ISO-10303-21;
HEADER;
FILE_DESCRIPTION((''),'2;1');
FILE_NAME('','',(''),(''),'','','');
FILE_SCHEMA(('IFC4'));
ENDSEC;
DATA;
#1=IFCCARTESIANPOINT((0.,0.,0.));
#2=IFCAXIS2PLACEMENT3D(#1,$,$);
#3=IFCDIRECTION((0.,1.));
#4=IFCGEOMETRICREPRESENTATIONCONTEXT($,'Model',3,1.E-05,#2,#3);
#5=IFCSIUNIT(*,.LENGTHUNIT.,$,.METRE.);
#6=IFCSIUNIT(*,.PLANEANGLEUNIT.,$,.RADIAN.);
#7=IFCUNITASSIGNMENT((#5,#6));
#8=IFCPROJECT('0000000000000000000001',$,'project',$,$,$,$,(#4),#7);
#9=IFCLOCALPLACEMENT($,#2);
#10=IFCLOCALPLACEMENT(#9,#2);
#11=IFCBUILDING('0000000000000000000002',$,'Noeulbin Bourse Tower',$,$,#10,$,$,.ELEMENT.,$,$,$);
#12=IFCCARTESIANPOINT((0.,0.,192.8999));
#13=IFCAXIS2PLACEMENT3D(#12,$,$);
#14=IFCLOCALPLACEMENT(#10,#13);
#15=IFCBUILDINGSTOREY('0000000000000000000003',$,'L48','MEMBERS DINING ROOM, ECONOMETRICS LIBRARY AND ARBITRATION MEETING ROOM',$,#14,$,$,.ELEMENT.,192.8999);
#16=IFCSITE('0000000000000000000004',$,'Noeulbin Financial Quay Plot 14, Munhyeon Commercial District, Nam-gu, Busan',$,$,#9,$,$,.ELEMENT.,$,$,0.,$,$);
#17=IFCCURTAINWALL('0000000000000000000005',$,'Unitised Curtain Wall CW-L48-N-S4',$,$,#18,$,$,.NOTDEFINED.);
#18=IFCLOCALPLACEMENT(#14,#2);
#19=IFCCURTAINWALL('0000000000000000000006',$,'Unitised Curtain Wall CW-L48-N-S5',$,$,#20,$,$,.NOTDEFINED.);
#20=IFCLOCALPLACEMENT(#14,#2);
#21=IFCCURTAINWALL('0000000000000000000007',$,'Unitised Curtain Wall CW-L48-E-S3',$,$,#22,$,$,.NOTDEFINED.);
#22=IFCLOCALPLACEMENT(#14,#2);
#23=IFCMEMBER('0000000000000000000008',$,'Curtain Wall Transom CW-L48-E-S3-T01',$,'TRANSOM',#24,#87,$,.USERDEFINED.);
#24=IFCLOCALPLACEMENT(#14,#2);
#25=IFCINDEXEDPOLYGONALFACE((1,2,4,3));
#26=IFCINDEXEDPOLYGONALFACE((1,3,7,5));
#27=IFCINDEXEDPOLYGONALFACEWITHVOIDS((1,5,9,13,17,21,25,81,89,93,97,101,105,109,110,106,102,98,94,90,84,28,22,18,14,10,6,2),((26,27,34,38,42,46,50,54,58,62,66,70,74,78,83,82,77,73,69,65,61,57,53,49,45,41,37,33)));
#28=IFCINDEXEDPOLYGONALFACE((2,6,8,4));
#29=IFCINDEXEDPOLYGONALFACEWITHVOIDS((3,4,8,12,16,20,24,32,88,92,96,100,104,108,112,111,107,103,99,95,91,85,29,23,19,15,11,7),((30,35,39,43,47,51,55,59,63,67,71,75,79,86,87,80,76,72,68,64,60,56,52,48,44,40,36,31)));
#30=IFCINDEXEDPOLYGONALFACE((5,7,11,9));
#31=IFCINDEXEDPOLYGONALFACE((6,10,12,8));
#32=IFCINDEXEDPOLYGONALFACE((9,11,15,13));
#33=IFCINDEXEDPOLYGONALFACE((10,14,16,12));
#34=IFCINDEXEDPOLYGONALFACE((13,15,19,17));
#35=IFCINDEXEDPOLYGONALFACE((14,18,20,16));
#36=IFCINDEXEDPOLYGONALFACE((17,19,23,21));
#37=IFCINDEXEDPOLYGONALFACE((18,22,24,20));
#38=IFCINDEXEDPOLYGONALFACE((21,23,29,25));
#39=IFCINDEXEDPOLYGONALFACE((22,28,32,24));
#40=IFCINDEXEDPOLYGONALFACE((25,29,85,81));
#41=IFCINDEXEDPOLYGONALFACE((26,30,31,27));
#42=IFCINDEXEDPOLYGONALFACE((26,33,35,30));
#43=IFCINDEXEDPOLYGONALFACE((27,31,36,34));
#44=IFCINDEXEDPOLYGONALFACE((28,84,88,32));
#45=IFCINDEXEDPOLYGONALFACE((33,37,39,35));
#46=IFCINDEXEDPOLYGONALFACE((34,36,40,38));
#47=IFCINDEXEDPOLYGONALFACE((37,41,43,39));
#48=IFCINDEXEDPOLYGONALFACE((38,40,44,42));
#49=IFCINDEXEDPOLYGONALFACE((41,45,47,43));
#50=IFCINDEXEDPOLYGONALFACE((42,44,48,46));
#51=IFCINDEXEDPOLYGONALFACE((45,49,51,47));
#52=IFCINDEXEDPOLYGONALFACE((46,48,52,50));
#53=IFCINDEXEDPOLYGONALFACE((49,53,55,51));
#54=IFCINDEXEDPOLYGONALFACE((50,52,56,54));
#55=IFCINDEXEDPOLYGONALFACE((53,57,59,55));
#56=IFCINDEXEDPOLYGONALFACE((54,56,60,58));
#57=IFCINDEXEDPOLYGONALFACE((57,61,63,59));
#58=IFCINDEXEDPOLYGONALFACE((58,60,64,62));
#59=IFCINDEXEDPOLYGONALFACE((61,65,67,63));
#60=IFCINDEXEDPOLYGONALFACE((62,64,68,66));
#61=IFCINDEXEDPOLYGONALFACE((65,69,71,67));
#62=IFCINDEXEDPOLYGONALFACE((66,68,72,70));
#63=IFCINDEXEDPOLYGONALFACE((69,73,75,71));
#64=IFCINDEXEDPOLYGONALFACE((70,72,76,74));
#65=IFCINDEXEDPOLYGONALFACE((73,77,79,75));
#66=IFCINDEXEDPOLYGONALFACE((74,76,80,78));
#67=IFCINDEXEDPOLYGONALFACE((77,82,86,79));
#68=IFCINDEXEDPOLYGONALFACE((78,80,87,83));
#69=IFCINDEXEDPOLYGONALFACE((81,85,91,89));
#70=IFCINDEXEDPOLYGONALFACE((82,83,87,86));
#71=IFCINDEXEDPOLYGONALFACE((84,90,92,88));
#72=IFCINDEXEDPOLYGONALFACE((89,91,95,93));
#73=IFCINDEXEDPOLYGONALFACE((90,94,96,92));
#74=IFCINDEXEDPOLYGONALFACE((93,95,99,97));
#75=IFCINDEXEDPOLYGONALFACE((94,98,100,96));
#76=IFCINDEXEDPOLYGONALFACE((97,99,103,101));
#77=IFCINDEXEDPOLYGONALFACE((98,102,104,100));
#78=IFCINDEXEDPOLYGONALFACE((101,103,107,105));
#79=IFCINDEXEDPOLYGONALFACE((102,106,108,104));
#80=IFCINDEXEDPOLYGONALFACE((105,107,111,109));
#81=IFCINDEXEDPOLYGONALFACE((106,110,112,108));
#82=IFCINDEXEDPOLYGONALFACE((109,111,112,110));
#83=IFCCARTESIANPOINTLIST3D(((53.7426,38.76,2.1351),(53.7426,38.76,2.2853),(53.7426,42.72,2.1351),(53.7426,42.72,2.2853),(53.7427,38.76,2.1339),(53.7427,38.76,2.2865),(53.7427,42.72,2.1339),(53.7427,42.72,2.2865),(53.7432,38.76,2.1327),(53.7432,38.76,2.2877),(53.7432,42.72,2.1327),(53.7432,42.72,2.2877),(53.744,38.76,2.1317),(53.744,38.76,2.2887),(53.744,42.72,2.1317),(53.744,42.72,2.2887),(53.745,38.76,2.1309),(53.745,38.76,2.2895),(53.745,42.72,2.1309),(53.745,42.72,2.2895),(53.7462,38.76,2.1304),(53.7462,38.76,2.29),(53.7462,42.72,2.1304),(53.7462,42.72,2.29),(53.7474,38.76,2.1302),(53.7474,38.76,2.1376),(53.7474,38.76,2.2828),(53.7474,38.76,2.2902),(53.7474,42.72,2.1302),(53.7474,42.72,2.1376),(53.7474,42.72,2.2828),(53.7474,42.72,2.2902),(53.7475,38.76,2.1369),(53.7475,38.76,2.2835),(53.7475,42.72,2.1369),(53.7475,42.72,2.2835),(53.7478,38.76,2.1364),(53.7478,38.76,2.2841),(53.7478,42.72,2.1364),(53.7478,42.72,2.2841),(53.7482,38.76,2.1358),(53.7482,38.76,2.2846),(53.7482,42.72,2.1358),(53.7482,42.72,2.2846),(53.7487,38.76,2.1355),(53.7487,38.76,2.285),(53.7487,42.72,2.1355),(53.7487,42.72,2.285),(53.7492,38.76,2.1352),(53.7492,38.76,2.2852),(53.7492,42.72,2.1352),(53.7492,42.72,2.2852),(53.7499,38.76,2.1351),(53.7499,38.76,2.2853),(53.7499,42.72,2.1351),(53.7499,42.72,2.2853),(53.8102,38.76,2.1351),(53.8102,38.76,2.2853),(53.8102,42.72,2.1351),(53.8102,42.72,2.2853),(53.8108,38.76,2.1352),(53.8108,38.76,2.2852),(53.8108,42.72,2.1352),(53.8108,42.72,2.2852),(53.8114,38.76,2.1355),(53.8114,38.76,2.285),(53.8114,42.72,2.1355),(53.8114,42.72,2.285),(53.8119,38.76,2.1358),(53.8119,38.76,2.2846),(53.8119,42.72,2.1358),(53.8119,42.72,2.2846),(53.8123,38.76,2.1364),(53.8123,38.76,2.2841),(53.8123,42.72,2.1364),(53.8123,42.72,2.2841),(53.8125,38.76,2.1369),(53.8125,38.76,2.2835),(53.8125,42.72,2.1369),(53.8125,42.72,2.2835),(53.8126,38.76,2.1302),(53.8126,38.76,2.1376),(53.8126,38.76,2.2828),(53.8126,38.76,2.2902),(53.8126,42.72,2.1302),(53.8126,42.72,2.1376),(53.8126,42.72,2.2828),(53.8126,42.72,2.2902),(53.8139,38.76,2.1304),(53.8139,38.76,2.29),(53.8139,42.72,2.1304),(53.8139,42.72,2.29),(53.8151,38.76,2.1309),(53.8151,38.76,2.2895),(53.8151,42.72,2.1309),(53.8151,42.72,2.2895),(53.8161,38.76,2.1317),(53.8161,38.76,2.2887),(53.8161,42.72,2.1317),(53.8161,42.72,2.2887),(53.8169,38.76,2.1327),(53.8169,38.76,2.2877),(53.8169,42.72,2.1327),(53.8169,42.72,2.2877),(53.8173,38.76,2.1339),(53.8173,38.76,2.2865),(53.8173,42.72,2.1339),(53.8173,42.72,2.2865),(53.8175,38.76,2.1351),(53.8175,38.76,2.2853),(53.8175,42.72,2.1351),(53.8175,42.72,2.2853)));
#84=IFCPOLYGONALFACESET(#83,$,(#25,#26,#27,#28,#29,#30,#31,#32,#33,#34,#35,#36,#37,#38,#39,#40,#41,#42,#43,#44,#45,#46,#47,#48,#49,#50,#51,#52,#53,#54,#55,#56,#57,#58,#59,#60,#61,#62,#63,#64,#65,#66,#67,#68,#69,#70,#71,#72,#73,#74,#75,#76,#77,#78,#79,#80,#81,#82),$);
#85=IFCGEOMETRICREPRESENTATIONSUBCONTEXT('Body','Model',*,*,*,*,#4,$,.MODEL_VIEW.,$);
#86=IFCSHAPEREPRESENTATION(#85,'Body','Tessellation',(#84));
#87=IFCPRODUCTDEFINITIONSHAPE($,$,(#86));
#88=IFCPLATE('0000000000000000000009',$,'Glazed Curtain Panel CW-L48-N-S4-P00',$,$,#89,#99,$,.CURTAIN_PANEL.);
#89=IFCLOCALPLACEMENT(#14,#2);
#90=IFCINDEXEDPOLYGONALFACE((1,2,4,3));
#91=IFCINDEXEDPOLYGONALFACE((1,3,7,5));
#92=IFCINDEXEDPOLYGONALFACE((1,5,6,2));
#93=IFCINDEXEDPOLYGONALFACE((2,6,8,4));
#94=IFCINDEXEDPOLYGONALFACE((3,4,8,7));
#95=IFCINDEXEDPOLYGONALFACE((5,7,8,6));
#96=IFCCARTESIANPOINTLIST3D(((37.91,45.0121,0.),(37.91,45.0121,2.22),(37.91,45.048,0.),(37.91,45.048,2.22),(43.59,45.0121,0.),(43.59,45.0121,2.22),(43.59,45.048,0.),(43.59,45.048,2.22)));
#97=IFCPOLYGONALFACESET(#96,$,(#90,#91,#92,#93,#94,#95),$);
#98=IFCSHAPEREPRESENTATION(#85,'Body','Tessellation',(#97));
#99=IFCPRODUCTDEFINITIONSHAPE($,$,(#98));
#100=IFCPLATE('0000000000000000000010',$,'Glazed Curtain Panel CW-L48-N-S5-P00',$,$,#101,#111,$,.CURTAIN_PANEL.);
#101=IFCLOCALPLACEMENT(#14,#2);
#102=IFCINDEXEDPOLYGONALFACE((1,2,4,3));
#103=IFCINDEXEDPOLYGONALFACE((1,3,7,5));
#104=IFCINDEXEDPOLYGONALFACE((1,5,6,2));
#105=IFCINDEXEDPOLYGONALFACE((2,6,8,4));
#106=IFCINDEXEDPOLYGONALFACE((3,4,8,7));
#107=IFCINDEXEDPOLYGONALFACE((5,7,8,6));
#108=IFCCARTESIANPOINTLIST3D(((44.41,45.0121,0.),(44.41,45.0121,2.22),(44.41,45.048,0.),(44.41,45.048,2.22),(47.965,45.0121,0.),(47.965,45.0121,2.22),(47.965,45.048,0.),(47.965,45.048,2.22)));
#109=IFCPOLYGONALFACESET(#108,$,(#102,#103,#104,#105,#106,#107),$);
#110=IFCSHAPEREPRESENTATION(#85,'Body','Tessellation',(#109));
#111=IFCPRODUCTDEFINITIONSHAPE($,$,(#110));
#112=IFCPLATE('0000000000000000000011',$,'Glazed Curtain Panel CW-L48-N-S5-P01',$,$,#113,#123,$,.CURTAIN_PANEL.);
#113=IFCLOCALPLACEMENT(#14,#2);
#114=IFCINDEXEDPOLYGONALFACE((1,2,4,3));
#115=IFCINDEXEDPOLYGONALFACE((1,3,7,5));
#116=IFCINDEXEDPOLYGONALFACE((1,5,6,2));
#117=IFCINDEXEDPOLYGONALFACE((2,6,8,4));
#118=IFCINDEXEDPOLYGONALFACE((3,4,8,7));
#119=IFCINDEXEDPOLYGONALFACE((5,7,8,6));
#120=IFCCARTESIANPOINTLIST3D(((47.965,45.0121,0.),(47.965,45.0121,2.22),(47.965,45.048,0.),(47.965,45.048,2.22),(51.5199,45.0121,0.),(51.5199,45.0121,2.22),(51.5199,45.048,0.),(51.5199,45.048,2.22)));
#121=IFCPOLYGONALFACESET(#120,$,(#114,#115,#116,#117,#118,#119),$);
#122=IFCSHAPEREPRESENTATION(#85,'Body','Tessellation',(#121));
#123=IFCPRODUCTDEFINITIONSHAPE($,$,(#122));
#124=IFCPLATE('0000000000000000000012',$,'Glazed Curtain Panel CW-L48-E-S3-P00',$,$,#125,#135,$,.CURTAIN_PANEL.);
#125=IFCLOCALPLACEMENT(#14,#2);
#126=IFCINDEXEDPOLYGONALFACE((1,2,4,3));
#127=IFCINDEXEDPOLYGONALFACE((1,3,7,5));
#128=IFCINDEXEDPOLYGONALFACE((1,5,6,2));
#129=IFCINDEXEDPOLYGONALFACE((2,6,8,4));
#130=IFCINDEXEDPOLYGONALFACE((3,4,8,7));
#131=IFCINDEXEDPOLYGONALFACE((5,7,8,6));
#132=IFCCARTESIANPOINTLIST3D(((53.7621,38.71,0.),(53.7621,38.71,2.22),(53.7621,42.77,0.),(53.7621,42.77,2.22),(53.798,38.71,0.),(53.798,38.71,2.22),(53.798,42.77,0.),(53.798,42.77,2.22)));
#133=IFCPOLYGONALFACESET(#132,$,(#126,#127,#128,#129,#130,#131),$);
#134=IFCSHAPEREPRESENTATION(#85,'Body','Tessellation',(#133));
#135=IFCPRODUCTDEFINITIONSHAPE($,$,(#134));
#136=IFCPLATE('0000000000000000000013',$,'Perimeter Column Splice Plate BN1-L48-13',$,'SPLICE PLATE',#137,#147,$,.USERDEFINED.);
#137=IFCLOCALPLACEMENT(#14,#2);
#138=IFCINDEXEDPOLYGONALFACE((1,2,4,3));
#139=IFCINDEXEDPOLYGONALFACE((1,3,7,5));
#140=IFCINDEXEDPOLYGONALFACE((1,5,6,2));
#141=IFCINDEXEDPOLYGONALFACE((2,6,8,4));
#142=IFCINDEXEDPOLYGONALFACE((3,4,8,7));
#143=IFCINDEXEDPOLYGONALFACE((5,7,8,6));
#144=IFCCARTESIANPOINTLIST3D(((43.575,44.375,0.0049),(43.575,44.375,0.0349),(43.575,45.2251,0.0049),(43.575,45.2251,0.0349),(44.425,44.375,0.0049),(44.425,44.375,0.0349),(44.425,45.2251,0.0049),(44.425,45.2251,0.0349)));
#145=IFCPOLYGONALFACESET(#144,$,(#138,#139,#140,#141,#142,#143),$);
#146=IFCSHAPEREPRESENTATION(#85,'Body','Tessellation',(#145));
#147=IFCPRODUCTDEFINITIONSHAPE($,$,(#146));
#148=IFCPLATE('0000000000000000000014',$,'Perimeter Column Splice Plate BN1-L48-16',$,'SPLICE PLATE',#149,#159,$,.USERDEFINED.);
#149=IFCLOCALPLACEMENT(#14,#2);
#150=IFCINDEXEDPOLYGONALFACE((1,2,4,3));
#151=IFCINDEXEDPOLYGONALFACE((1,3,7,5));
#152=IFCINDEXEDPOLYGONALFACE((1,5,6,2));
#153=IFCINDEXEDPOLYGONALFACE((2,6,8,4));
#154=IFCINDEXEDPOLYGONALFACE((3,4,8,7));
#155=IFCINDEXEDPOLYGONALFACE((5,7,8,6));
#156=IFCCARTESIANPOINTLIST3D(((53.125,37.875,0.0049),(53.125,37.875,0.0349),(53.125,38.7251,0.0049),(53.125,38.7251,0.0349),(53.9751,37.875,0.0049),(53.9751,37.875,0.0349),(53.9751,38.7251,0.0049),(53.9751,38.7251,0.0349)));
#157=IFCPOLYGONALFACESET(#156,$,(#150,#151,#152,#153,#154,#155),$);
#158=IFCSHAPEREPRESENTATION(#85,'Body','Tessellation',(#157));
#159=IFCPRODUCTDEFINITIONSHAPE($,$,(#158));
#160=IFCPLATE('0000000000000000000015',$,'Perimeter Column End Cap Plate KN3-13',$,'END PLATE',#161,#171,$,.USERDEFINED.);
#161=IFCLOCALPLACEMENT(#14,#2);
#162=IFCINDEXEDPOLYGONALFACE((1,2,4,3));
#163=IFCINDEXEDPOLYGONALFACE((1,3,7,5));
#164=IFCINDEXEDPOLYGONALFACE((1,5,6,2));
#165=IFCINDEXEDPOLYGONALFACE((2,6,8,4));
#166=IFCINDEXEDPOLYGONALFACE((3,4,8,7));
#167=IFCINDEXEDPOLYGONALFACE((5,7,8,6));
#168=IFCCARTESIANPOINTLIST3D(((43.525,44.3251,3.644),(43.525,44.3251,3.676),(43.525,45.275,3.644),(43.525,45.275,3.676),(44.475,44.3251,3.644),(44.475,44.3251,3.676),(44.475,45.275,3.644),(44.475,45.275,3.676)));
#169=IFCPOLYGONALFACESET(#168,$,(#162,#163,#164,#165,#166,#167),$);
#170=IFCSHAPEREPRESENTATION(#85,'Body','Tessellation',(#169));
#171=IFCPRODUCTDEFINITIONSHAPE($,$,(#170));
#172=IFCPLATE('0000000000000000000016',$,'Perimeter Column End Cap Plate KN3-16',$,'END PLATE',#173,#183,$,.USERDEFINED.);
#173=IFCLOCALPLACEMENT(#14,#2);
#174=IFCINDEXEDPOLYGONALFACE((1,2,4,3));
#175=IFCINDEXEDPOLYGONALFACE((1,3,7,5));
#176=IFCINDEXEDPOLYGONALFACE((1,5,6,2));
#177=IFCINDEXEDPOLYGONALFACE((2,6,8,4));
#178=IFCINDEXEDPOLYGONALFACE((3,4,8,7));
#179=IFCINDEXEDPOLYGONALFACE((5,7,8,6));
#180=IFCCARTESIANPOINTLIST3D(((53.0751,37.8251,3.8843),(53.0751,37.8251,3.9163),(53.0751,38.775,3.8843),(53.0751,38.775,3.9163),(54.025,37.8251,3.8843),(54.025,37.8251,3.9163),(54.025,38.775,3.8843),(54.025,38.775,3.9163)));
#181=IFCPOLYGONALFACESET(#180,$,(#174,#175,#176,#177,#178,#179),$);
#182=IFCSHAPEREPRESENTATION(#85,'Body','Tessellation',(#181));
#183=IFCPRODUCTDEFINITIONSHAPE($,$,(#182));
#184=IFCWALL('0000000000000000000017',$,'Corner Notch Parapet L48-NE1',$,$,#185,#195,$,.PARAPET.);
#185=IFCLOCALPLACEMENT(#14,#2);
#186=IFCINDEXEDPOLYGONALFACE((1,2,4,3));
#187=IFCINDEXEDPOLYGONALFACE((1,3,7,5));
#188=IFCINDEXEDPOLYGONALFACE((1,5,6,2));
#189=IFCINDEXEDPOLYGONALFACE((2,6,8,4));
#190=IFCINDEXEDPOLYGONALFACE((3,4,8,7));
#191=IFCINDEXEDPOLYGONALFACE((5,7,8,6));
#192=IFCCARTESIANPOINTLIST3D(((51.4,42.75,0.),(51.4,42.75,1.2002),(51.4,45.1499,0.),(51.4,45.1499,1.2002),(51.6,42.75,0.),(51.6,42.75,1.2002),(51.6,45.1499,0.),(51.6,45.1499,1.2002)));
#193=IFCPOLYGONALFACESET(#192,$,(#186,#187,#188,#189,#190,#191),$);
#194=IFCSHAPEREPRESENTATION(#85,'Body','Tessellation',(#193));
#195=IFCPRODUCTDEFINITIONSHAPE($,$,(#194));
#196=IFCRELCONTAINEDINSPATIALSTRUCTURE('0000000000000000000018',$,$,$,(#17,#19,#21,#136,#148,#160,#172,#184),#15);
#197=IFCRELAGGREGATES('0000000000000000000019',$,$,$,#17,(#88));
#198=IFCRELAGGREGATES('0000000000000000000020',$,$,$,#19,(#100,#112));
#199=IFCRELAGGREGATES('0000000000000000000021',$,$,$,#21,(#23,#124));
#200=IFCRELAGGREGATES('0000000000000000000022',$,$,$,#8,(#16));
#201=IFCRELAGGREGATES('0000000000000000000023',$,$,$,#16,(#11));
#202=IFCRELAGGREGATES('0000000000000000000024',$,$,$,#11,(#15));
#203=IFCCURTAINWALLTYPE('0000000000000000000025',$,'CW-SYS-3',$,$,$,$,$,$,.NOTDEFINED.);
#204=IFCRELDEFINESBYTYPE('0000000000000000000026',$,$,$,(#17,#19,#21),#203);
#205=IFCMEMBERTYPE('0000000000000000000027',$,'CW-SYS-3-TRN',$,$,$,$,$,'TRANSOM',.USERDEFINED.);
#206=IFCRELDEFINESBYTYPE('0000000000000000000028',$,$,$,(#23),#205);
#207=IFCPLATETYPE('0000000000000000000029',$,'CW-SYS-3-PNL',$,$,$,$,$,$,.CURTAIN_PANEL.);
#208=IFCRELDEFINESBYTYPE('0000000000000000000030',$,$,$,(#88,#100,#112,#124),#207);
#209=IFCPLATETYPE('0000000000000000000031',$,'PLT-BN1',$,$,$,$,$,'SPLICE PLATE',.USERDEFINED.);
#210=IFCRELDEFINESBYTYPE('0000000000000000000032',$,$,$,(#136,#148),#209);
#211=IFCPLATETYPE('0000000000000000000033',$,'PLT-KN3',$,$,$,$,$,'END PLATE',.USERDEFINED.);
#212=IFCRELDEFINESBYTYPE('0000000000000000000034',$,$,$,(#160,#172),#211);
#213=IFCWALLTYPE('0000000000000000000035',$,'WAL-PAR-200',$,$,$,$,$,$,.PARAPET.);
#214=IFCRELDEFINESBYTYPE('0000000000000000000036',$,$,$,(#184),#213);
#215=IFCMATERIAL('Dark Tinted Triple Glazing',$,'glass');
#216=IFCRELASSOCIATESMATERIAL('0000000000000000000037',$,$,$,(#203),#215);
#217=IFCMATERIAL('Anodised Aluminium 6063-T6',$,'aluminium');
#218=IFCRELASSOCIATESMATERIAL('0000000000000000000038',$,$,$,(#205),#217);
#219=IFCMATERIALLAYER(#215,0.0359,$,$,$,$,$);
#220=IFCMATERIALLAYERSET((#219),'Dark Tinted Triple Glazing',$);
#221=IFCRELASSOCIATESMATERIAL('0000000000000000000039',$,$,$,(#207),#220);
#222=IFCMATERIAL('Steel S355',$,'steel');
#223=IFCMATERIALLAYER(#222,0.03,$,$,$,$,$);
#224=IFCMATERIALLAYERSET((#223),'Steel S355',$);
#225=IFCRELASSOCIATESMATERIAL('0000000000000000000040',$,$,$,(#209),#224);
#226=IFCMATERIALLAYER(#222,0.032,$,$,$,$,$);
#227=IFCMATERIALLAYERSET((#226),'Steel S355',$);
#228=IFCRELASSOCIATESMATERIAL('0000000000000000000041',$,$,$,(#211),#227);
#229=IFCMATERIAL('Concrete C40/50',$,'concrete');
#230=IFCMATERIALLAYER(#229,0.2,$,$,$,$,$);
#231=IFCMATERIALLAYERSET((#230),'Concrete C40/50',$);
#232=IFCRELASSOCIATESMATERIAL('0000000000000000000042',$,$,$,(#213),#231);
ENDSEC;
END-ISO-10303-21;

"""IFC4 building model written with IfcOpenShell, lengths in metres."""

from ifc_helpers import new_model, si_unit, direction, frame, frame_2d, origin, origin_2d, place, context, subcontext, project, spatial, rectangle, hollow_rectangle, extrude, material, layer, layer_set, material_profile, profile_set, type_object, element, aggregate, save


model = new_model("IFC4")

# Units and contexts
model_context = context("Model", 3, precision=1e-05, world=origin(), true_north=direction((0.0, 1.0)))
body_context = subcontext(model_context, "Body", "Model", "MODEL_VIEW")
ifc_project = project(units=[si_unit("LENGTHUNIT", "METRE"), si_unit("PLANEANGLEUNIT", "RADIAN")], contexts=[model_context])

# Site, building, storey
site_placement = place(None, origin())
site = spatial("IfcSite", under=ifc_project, at=site_placement, Name="Noeulbin Financial Quay Plot 14, Munhyeon Commercial District, Nam-gu, Busan", CompositionType="ELEMENT", RefElevation=0.0)
building_placement = place(site_placement, origin())
building = spatial("IfcBuilding", under=site, at=building_placement, Name="Noeulbin Bourse Tower", CompositionType="ELEMENT")
storey_placement = place(building_placement, frame((0.0, 0.0, 192.8999)))
storey = spatial("IfcBuildingStorey", under=building, at=storey_placement, Name="L48", Description="MEMBERS DINING ROOM, ECONOMETRICS LIBRARY AND ARBITRATION MEETING ROOM", CompositionType="ELEMENT", Elevation=192.8999)

# Shared definitions
ifc_material_1 = material(Name="Steel S355", Category="steel")

# Curtain wall
ifc_material_2 = material(Name="Dark Tinted Triple Glazing", Category="glass")
curtain_wall_type = type_object("IfcCurtainWallType", Name="CW-SYS-3", PredefinedType="NOTDEFINED", material=ifc_material_2)
curtain_wall_1_placement = place(storey_placement, origin())
curtain_wall_1 = element("IfcCurtainWall", 1, at=curtain_wall_1_placement, inside=storey, type_object=curtain_wall_type, Name="Unitised Curtain Wall CW-L48-N-S4", PredefinedType="NOTDEFINED")
ifc_material_3 = material(Name="Anodised Aluminium 6063-T6", Category="aluminium")

# Curtain walls
curtain_wall_2_placement = place(storey_placement, origin())
curtain_wall_2 = element("IfcCurtainWall", 2, at=curtain_wall_2_placement, inside=storey, type_object=curtain_wall_type, Name="Unitised Curtain Wall CW-L48-N-S5", PredefinedType="NOTDEFINED")
curtain_wall_3_placement = place(storey_placement, origin())
curtain_wall_3 = element("IfcCurtainWall", 3, at=curtain_wall_3_placement, inside=storey, type_object=curtain_wall_type, Name="Unitised Curtain Wall CW-L48-E-S3", PredefinedType="NOTDEFINED")

# Member
ifc_material_profile_1 = material_profile(ifc_material_3, hollow_rectangle(XDim=0.075, YDim=0.1599, WallThickness=0.0049, InnerFilletRadius=0.0024, OuterFilletRadius=0.0049, at=origin_2d()), Name="ALU-TRAN-75x160x5", Category="LoadBearing")
ifc_profile_set_1 = profile_set([ifc_material_profile_1], Name="Anodised Aluminium 6063-T6")
member_type_1 = type_object("IfcMemberType", Name="CW-SYS-3-TRN", ElementType="TRANSOM", PredefinedType="USERDEFINED", material=ifc_profile_set_1)
member_1_placement = place(storey_placement, frame((53.78, 38.76, 2.2102), z_axis=(0.0, 1.0, 0.0), x_axis=(-1.0, 0.0, 0.0)))
member_1 = element("IfcMember", 4, at=member_1_placement, type_object=member_type_1, Name="Curtain Wall Transom CW-L48-E-S3-T01", ObjectType="TRANSOM", PredefinedType="USERDEFINED", context=body_context, shape_type="SweptSolid", body=[
    extrude(hollow_rectangle(XDim=0.075, YDim=0.1599, WallThickness=0.0049, InnerFilletRadius=0.0024, OuterFilletRadius=0.0049, at=origin_2d()), origin(), (0.0, 0.0, 1.0), 3.96),
])

# Plates
ifc_layer_1 = layer(ifc_material_2, 0.0359)
ifc_layer_set_1 = layer_set([ifc_layer_1], Name="Dark Tinted Triple Glazing")
plate_type_1 = type_object("IfcPlateType", Name="CW-SYS-3-PNL", PredefinedType="CURTAIN_PANEL", material=ifc_layer_set_1)
plate_1_placement = place(storey_placement, frame((40.75, 45.03, 0.0), z_axis=(0.0, 0.0, 1.0), x_axis=(1.0, 0.0, 0.0)))
plate_1 = element("IfcPlate", 5, at=plate_1_placement, type_object=plate_type_1, Name="Glazed Curtain Panel CW-L48-N-S4-P00", PredefinedType="CURTAIN_PANEL", context=body_context, shape_type="SweptSolid", body=[
    extrude(rectangle(XDim=5.6799, YDim=0.0359, at=origin_2d()), origin(), (0.0, 0.0, 1.0), 2.22),
])
aggregate(curtain_wall_1, [plate_1])
plate_2_placement = place(storey_placement, frame((46.1875, 45.03, 0.0), z_axis=(0.0, 0.0, 1.0), x_axis=(1.0, 0.0, 0.0)))
plate_2 = element("IfcPlate", 6, at=plate_2_placement, type_object=plate_type_1, Name="Glazed Curtain Panel CW-L48-N-S5-P00", PredefinedType="CURTAIN_PANEL", context=body_context, shape_type="SweptSolid", body=[
    extrude(rectangle(XDim=3.5549, YDim=0.0359, at=origin_2d()), origin(), (0.0, 0.0, 1.0), 2.22),
])
plate_3_placement = place(storey_placement, frame((49.7424, 45.03, 0.0), z_axis=(0.0, 0.0, 1.0), x_axis=(1.0, 0.0, 0.0)))
plate_3 = element("IfcPlate", 7, at=plate_3_placement, type_object=plate_type_1, Name="Glazed Curtain Panel CW-L48-N-S5-P01", PredefinedType="CURTAIN_PANEL", context=body_context, shape_type="SweptSolid", body=[
    extrude(rectangle(XDim=3.5549, YDim=0.0359, at=origin_2d()), origin(), (0.0, 0.0, 1.0), 2.22),
])
aggregate(curtain_wall_2, [plate_2, plate_3])
plate_4_placement = place(storey_placement, frame((53.78, 40.74, 0.0), z_axis=(0.0, 0.0, 1.0), x_axis=(0.0, 1.0, 0.0)))
plate_4 = element("IfcPlate", 8, at=plate_4_placement, type_object=plate_type_1, Name="Glazed Curtain Panel CW-L48-E-S3-P00", PredefinedType="CURTAIN_PANEL", context=body_context, shape_type="SweptSolid", body=[
    extrude(rectangle(XDim=4.0601, YDim=0.0359, at=origin_2d()), origin(), (0.0, 0.0, 1.0), 2.22),
])
aggregate(curtain_wall_3, [member_1, plate_4])

# Plates
ifc_layer_2 = layer(ifc_material_1, 0.03)
ifc_layer_set_2 = layer_set([ifc_layer_2], Name="Steel S355")
plate_type_2 = type_object("IfcPlateType", Name="PLT-BN1", ElementType="SPLICE PLATE", PredefinedType="USERDEFINED", material=ifc_layer_set_2)
for number, where, z_axis, x_axis, name in (
    (9, (44.0, 44.8, 0.0049), (0.0, 0.0, 1.0), (1.0, 0.0, 0.0), "Perimeter Column Splice Plate BN1-L48-13"),
    (10, (53.55, 38.3, 0.0049), (0.0, 0.0, 1.0), (1.0, 0.0, 0.0), "Perimeter Column Splice Plate BN1-L48-16"),
):
    element("IfcPlate", number, at=place(storey_placement, frame(where, z_axis=z_axis, x_axis=x_axis)), inside=storey, type_object=plate_type_2, Name=name, ObjectType="SPLICE PLATE", PredefinedType="USERDEFINED", context=body_context, shape_type="SweptSolid", body=[
        extrude(rectangle(XDim=0.8501, YDim=0.8501, at=origin_2d()), origin(), (0.0, 0.0, 1.0), 0.03),
    ])
ifc_layer_3 = layer(ifc_material_1, 0.032)
ifc_layer_set_3 = layer_set([ifc_layer_3], Name="Steel S355")
plate_type_3 = type_object("IfcPlateType", Name="PLT-KN3", ElementType="END PLATE", PredefinedType="USERDEFINED", material=ifc_layer_set_3)
for number, where, z_axis, x_axis, name in (
    (11, (44.0, 44.8, 3.644), (0.0, 0.0, 1.0), (1.0, 0.0, 0.0), "Perimeter Column End Cap Plate KN3-13"),
    (12, (53.55, 38.3, 3.8843), (0.0, 0.0, 1.0), (1.0, 0.0, 0.0), "Perimeter Column End Cap Plate KN3-16"),
):
    element("IfcPlate", number, at=place(storey_placement, frame(where, z_axis=z_axis, x_axis=x_axis)), inside=storey, type_object=plate_type_3, Name=name, ObjectType="END PLATE", PredefinedType="USERDEFINED", context=body_context, shape_type="SweptSolid", body=[
        extrude(rectangle(XDim=0.95, YDim=0.95, at=origin_2d()), origin(), (0.0, 0.0, 1.0), 0.032),
    ])

# Wall
ifc_material_4 = material(Name="Concrete C40/50", Category="concrete")
ifc_layer_4 = layer(ifc_material_4, 0.2)
ifc_layer_set_4 = layer_set([ifc_layer_4], Name="Concrete C40/50")
wall_type_1 = type_object("IfcWallType", Name="WAL-PAR-200", PredefinedType="PARAPET", material=ifc_layer_set_4)
for number, where, z_axis, x_axis, name in (
    (13, (51.5, 45.1499, 0.0), (0.0, 0.0, 1.0), (0.0, -1.0, 0.0), "Corner Notch Parapet L48-NE1"),
):
    element("IfcWall", number, at=place(storey_placement, frame(where, z_axis=z_axis, x_axis=x_axis)), inside=storey, type_object=wall_type_1, Name=name, PredefinedType="PARAPET", context=body_context, shape_type="SweptSolid", body=[
        extrude(rectangle(XDim=2.3999, YDim=0.2, at=frame_2d((1.2, 0.0))), origin(), (0.0, 0.0, 1.0), 1.2002),
    ])

save(model, "model.ifc")
